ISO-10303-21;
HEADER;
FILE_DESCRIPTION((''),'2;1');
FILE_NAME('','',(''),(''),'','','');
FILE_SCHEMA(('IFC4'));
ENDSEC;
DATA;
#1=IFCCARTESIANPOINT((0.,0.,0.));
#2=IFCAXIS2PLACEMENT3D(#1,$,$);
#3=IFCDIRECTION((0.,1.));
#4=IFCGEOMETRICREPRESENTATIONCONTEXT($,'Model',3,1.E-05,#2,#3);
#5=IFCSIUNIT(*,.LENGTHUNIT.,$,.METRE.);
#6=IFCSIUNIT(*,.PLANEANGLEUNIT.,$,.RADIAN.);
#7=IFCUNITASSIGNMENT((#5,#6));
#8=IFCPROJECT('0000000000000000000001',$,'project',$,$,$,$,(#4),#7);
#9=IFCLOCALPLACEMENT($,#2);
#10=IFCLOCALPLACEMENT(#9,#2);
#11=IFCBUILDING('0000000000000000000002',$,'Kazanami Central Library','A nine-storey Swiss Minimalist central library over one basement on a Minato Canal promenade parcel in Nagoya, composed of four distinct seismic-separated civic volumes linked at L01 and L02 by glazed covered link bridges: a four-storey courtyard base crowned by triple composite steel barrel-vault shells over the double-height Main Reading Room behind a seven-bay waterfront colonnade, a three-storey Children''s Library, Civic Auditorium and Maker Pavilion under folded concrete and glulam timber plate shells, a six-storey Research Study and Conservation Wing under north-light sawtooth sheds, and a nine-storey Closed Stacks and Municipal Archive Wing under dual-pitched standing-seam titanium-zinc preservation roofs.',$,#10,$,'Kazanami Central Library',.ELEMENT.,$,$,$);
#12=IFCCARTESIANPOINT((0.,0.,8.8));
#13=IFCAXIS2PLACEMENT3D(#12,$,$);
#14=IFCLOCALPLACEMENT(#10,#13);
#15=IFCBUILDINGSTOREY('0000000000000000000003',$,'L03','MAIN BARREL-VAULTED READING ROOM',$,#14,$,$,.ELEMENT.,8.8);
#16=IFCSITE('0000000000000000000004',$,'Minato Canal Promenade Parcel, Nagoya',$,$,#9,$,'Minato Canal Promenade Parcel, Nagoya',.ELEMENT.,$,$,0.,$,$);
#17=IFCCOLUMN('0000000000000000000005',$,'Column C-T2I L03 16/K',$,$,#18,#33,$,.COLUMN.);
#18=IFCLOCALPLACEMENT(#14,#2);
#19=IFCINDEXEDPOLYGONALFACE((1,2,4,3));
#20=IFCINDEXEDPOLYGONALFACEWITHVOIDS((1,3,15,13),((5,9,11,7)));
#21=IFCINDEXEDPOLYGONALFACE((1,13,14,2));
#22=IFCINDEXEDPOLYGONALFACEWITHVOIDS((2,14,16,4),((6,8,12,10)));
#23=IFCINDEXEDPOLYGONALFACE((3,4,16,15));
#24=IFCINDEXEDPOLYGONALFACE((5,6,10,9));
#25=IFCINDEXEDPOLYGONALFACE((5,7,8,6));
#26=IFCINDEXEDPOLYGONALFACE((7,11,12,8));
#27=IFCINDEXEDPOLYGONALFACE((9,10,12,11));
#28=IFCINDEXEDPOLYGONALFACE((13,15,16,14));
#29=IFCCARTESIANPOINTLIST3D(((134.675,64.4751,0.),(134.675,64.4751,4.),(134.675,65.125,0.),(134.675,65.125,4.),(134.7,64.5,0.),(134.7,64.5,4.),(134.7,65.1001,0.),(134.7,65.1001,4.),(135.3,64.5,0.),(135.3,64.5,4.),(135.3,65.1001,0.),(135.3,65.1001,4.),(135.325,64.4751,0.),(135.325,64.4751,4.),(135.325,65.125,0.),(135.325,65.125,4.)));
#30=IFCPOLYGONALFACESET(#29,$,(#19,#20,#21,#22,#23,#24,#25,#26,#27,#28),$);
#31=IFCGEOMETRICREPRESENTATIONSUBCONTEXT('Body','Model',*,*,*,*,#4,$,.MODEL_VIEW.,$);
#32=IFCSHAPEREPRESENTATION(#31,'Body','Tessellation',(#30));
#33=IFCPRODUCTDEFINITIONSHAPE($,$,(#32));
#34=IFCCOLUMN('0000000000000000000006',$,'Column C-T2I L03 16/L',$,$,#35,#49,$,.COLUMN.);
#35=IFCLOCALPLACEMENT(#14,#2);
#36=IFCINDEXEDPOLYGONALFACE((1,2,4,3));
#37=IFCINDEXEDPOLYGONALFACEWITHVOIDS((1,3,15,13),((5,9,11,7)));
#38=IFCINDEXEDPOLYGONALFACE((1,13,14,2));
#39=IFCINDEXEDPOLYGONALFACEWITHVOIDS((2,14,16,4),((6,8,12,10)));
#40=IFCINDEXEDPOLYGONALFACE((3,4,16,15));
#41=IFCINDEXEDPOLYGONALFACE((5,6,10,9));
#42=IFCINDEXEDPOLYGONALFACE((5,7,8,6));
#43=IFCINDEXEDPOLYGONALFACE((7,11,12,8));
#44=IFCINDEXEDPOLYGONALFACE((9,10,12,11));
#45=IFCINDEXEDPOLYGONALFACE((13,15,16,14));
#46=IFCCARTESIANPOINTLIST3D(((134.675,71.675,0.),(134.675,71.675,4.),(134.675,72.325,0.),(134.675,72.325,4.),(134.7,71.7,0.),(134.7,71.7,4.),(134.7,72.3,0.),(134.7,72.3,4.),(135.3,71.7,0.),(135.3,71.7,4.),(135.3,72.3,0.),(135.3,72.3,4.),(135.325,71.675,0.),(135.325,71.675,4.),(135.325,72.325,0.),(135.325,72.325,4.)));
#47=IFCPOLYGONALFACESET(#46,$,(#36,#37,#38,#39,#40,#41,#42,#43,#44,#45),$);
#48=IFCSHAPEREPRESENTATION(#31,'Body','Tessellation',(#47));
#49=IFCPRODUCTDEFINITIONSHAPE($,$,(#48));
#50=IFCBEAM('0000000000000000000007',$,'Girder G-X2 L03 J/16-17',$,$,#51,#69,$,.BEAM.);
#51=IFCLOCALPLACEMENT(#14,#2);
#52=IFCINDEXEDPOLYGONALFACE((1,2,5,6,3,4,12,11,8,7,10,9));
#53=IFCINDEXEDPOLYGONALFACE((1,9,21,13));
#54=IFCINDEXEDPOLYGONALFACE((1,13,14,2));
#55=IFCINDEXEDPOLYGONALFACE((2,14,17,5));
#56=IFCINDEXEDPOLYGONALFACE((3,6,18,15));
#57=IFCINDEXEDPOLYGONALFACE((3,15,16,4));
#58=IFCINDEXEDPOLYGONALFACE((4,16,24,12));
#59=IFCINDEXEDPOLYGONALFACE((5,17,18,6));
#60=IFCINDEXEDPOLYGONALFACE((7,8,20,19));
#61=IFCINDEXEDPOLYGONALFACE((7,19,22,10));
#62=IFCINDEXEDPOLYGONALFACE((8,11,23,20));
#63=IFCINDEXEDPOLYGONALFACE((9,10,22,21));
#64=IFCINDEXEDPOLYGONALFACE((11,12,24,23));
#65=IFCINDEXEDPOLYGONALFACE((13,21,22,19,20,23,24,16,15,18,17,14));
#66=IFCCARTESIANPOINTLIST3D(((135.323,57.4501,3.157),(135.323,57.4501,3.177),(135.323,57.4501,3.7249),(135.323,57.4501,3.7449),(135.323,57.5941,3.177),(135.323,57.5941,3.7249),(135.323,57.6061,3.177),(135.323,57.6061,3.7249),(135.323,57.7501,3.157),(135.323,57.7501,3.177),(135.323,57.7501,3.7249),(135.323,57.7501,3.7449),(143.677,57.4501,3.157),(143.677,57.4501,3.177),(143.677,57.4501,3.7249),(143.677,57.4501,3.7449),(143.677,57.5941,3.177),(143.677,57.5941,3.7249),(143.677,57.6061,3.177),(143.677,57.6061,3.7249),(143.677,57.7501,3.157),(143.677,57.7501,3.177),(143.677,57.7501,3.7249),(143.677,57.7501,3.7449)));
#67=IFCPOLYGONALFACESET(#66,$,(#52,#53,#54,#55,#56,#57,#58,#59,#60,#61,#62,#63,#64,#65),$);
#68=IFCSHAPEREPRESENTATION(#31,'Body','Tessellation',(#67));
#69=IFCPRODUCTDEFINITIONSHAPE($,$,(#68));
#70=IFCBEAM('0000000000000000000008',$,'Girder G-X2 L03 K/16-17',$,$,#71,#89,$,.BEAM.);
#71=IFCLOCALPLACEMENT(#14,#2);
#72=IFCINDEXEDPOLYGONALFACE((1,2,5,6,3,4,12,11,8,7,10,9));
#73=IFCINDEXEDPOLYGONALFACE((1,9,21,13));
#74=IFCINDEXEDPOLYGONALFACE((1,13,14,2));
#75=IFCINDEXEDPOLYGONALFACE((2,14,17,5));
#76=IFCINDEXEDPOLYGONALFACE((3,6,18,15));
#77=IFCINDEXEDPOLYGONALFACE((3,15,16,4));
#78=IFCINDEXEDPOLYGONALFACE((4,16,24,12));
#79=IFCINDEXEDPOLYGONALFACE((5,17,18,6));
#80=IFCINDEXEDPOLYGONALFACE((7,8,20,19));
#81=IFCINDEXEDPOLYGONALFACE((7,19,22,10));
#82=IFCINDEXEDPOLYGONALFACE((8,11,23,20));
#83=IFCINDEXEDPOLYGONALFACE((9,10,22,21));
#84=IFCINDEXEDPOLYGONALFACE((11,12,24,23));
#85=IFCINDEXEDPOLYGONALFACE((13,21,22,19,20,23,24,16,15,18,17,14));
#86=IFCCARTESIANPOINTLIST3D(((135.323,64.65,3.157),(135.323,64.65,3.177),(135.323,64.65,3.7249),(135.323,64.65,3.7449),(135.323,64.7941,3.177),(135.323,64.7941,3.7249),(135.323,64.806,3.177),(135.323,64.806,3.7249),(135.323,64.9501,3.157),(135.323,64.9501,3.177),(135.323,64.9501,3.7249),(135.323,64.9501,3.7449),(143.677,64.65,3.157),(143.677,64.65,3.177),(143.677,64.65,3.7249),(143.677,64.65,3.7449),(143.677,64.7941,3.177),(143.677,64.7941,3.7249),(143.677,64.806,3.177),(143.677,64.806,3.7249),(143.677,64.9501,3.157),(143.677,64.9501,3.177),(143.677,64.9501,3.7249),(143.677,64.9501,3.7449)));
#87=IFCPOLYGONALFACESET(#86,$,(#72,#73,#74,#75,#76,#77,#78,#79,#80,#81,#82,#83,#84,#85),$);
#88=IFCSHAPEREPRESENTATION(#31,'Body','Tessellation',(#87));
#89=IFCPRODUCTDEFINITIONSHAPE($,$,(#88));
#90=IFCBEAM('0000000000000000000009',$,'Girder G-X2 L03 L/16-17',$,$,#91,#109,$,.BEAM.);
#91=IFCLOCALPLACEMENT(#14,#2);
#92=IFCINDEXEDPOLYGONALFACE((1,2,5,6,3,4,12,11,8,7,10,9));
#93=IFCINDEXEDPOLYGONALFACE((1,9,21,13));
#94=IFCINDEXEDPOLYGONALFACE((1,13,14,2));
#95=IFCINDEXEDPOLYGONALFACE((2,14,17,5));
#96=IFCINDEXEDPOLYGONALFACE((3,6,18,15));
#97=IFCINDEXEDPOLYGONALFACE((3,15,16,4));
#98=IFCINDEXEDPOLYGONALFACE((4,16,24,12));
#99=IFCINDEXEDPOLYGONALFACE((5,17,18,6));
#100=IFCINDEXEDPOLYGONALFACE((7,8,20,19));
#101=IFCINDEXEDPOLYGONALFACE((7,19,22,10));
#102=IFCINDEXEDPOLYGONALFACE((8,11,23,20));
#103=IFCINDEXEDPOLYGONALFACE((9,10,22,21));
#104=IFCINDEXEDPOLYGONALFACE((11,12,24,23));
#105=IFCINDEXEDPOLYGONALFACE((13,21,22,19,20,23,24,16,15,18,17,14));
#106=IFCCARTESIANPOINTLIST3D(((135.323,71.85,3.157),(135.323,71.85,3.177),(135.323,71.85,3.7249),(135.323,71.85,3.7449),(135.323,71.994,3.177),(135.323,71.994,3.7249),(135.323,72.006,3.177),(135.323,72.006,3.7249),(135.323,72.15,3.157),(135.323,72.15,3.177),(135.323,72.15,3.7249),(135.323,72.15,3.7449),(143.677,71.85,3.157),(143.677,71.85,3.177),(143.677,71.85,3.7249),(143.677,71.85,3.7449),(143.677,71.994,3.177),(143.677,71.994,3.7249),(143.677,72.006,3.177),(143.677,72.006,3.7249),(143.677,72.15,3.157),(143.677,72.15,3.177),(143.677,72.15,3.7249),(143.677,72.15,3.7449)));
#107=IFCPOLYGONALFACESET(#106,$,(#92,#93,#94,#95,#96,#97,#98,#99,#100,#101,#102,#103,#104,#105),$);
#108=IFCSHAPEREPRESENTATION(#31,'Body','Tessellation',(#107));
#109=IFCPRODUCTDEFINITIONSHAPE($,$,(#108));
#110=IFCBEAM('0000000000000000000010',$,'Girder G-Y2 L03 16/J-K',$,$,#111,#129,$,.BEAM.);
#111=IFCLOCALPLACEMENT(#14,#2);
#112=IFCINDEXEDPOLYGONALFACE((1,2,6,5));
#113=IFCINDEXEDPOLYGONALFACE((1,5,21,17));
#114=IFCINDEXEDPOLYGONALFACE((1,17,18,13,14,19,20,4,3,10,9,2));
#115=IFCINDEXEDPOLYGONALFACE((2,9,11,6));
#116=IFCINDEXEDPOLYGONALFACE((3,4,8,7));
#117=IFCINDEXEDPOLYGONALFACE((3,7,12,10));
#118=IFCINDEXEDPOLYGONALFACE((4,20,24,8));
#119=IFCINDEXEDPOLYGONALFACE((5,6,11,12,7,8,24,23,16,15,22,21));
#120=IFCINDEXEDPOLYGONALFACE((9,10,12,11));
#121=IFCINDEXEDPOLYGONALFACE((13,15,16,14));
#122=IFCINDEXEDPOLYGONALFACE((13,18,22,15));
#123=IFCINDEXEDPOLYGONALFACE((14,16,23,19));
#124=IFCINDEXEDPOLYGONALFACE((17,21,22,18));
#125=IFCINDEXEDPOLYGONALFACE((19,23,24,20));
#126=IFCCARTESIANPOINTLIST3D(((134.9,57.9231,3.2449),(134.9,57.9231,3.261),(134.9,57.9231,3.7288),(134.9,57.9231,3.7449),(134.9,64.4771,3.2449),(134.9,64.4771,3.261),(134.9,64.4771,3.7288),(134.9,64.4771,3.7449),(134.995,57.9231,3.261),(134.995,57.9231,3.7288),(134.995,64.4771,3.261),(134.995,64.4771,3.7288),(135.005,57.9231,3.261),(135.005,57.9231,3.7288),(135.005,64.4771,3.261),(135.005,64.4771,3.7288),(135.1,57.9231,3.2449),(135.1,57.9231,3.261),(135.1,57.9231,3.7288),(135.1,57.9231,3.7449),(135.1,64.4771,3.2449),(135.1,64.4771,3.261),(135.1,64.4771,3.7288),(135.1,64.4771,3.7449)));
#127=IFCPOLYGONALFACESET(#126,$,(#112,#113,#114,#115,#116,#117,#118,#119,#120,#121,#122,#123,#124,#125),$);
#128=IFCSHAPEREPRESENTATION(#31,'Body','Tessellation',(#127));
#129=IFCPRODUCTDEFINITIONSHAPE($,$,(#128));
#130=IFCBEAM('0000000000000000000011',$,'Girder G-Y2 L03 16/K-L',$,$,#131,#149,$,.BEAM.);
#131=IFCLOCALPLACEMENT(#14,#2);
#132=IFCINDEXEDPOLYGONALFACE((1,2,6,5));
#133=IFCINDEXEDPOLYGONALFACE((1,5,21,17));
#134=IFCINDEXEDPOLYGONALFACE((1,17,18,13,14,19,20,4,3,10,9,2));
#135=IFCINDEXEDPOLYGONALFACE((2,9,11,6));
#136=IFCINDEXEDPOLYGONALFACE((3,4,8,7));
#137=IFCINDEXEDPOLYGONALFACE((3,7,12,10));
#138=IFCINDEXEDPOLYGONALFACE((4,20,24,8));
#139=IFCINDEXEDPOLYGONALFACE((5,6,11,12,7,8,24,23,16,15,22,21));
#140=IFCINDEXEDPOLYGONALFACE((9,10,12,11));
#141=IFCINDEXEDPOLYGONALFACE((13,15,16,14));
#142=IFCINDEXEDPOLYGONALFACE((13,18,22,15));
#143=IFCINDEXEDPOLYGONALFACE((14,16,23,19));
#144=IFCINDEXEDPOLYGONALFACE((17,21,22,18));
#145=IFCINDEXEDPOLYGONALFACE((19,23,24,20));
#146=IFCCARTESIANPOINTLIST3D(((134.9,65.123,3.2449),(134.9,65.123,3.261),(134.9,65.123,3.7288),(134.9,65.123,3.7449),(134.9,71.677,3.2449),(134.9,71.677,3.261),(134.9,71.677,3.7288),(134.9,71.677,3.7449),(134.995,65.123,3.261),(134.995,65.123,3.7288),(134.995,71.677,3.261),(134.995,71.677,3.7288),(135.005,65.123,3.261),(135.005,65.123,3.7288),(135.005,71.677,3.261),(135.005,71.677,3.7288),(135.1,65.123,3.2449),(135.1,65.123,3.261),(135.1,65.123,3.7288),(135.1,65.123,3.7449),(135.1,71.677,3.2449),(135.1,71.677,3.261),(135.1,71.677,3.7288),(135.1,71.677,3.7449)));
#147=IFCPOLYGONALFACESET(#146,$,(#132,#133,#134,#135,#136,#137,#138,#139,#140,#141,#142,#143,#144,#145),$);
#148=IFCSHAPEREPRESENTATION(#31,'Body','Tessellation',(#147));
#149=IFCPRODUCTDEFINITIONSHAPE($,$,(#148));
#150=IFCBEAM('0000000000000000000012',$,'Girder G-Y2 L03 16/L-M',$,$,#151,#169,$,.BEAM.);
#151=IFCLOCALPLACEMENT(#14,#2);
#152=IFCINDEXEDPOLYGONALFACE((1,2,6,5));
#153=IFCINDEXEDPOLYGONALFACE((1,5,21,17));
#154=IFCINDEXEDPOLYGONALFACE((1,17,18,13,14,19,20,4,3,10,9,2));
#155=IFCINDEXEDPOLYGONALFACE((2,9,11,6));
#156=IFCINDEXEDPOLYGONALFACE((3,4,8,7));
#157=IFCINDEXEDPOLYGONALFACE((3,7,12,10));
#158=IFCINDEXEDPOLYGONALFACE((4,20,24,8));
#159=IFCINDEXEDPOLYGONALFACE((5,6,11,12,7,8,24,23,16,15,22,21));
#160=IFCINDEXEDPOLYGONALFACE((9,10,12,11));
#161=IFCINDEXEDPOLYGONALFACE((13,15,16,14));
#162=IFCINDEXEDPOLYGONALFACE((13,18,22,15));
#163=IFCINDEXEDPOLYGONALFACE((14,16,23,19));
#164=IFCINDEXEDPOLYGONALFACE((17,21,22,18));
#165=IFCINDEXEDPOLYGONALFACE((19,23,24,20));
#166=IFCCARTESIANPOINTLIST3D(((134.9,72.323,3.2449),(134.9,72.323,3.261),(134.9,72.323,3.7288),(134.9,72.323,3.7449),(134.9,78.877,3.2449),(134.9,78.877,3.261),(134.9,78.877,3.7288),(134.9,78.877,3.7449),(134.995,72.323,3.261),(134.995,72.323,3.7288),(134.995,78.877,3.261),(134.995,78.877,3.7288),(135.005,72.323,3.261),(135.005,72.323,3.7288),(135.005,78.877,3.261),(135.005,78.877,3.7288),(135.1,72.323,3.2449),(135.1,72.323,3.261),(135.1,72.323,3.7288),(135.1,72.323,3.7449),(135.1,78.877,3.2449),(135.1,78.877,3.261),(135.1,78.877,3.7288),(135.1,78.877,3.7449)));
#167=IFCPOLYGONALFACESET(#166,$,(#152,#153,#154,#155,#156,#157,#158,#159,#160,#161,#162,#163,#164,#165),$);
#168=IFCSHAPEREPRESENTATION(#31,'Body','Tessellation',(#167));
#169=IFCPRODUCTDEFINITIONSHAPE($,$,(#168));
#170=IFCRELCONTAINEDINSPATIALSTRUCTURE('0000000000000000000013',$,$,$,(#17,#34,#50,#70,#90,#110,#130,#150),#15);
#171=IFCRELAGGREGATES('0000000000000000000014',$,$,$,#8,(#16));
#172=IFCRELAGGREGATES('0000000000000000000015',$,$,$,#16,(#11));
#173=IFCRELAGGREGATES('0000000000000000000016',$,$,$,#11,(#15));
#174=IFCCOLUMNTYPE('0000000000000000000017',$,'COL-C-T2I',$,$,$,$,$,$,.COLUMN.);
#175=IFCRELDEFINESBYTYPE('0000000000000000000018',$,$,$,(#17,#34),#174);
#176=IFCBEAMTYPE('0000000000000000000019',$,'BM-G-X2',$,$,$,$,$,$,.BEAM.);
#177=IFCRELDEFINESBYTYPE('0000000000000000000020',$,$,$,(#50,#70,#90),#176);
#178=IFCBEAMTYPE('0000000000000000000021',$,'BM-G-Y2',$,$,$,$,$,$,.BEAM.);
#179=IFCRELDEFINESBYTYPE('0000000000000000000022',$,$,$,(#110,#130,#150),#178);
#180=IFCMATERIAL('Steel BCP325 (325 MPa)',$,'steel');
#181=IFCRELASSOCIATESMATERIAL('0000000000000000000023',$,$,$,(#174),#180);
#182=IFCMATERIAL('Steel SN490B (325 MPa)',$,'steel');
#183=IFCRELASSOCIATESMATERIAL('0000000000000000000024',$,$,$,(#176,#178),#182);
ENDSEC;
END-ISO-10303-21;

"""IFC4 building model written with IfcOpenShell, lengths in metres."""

from ifc_helpers import new_model, si_unit, direction, frame, origin, origin_2d, place, context, subcontext, project, spatial, hollow_rectangle, i_section, extrude, material, material_profile, profile_set, type_object, element, save


model = new_model("IFC4")

# Units and contexts
model_context = context("Model", 3, precision=1e-05, world=origin(), true_north=direction((0.0, 1.0)))
body_context = subcontext(model_context, "Body", "Model", "MODEL_VIEW")
ifc_project = project(units=[si_unit("LENGTHUNIT", "METRE"), si_unit("PLANEANGLEUNIT", "RADIAN")], contexts=[model_context])

# Site, building, storey
site_placement = place(None, origin())
site = spatial("IfcSite", under=ifc_project, at=site_placement, Name="Minato Canal Promenade Parcel, Nagoya", LongName="Minato Canal Promenade Parcel, Nagoya", CompositionType="ELEMENT", RefElevation=0.0)
building_placement = place(site_placement, origin())
building = spatial("IfcBuilding", under=site, at=building_placement, Name="Kazanami Central Library", Description="A nine-storey Swiss Minimalist central library over one basement on a Minato Canal promenade parcel in Nagoya, composed of four distinct seismic-separated civic volumes linked at L01 and L02 by glazed covered link bridges: a four-storey courtyard base crowned by triple composite steel barrel-vault shells over the double-height Main Reading Room behind a seven-bay waterfront colonnade, a three-storey Children's Library, Civic Auditorium and Maker Pavilion under folded concrete and glulam timber plate shells, a six-storey Research Study and Conservation Wing under north-light sawtooth sheds, and a nine-storey Closed Stacks and Municipal Archive Wing under dual-pitched standing-seam titanium-zinc preservation roofs.", LongName="Kazanami Central Library", CompositionType="ELEMENT")
storey_placement = place(building_placement, frame((0.0, 0.0, 8.8)))
storey = spatial("IfcBuildingStorey", under=building, at=storey_placement, Name="L03", Description="MAIN BARREL-VAULTED READING ROOM", CompositionType="ELEMENT", Elevation=8.8)

# Columns
ifc_material_1 = material(Name="Steel BCP325 (325 MPa)", Category="steel")
ifc_material_profile_1 = material_profile(ifc_material_1, hollow_rectangle(XDim=0.6499, YDim=0.6499, WallThickness=0.0249, at=origin_2d()), Name="BCP-650x650x25")
ifc_profile_set_1 = profile_set([ifc_material_profile_1], Name="Steel BCP325 (325 MPa)")
column_type = type_object("IfcColumnType", Name="COL-C-T2I", PredefinedType="COLUMN", material=ifc_profile_set_1)
for number, where, z_axis, x_axis, name in (
    (1, (135.0, 64.8, 0.0), (0.0, 0.0, 1.0), (1.0, 0.0, 0.0), "Column C-T2I L03 16/K"),
    (2, (135.0, 72.0, 0.0), (0.0, 0.0, 1.0), (1.0, 0.0, 0.0), "Column C-T2I L03 16/L"),
):
    element("IfcColumn", number, at=place(storey_placement, frame(where, z_axis=z_axis, x_axis=x_axis)), inside=storey, type_object=column_type, Name=name, PredefinedType="COLUMN", context=body_context, shape_type="SweptSolid", body=[
        extrude(hollow_rectangle(XDim=0.6499, YDim=0.6499, WallThickness=0.0249, at=origin_2d()), origin(), (0.0, 0.0, 1.0), 4.0),
    ])

# Beams
ifc_material_2 = material(Name="Steel SN490B (325 MPa)", Category="steel")
ifc_material_profile_2 = material_profile(ifc_material_2, i_section(OverallWidth=0.3, OverallDepth=0.5879, WebThickness=0.012, FlangeThickness=0.02, at=origin_2d()), Name="H-588x300x12x20")
ifc_profile_set_2 = profile_set([ifc_material_profile_2], Name="Steel SN490B (325 MPa)")
beam_type_1 = type_object("IfcBeamType", Name="BM-G-X2", PredefinedType="BEAM", material=ifc_profile_set_2)
for number, where, z_axis, x_axis, name in (
    (3, (135.323, 57.6001, 3.4509), (1.0, 0.0, 0.0), (0.0, 1.0, 0.0), "Girder G-X2 L03 J/16-17"),
    (4, (135.323, 64.8, 3.4509), (1.0, 0.0, 0.0), (0.0, 1.0, 0.0), "Girder G-X2 L03 K/16-17"),
    (5, (135.323, 72.0, 3.4509), (1.0, 0.0, 0.0), (0.0, 1.0, 0.0), "Girder G-X2 L03 L/16-17"),
):
    element("IfcBeam", number, at=place(storey_placement, frame(where, z_axis=z_axis, x_axis=x_axis)), inside=storey, type_object=beam_type_1, Name=name, PredefinedType="BEAM", context=body_context, shape_type="SweptSolid", body=[
        extrude(i_section(OverallWidth=0.3, OverallDepth=0.5879, WebThickness=0.012, FlangeThickness=0.02, at=origin_2d()), origin(), (0.0, 0.0, 1.0), 8.354),
    ])
ifc_material_profile_3 = material_profile(ifc_material_2, i_section(OverallWidth=0.2, OverallDepth=0.5, WebThickness=0.01, FlangeThickness=0.0161, at=origin_2d()), Name="H-500x200x10x16")
ifc_profile_set_3 = profile_set([ifc_material_profile_3], Name="Steel SN490B (325 MPa)")
beam_type_2 = type_object("IfcBeamType", Name="BM-G-Y2", PredefinedType="BEAM", material=ifc_profile_set_3)
for number, where, z_axis, x_axis, name in (
    (6, (135.0, 57.9231, 3.4949), (0.0, 1.0, 0.0), (-1.0, 0.0, 0.0), "Girder G-Y2 L03 16/J-K"),
    (7, (135.0, 65.123, 3.4949), (0.0, 1.0, 0.0), (-1.0, 0.0, 0.0), "Girder G-Y2 L03 16/K-L"),
    (8, (135.0, 72.323, 3.4949), (0.0, 1.0, 0.0), (-1.0, 0.0, 0.0), "Girder G-Y2 L03 16/L-M"),
):
    element("IfcBeam", number, at=place(storey_placement, frame(where, z_axis=z_axis, x_axis=x_axis)), inside=storey, type_object=beam_type_2, Name=name, PredefinedType="BEAM", context=body_context, shape_type="SweptSolid", body=[
        extrude(i_section(OverallWidth=0.2, OverallDepth=0.5, WebThickness=0.01, FlangeThickness=0.0161, at=origin_2d()), origin(), (0.0, 0.0, 1.0), 6.554),
    ])

save(model, "model.ifc")
